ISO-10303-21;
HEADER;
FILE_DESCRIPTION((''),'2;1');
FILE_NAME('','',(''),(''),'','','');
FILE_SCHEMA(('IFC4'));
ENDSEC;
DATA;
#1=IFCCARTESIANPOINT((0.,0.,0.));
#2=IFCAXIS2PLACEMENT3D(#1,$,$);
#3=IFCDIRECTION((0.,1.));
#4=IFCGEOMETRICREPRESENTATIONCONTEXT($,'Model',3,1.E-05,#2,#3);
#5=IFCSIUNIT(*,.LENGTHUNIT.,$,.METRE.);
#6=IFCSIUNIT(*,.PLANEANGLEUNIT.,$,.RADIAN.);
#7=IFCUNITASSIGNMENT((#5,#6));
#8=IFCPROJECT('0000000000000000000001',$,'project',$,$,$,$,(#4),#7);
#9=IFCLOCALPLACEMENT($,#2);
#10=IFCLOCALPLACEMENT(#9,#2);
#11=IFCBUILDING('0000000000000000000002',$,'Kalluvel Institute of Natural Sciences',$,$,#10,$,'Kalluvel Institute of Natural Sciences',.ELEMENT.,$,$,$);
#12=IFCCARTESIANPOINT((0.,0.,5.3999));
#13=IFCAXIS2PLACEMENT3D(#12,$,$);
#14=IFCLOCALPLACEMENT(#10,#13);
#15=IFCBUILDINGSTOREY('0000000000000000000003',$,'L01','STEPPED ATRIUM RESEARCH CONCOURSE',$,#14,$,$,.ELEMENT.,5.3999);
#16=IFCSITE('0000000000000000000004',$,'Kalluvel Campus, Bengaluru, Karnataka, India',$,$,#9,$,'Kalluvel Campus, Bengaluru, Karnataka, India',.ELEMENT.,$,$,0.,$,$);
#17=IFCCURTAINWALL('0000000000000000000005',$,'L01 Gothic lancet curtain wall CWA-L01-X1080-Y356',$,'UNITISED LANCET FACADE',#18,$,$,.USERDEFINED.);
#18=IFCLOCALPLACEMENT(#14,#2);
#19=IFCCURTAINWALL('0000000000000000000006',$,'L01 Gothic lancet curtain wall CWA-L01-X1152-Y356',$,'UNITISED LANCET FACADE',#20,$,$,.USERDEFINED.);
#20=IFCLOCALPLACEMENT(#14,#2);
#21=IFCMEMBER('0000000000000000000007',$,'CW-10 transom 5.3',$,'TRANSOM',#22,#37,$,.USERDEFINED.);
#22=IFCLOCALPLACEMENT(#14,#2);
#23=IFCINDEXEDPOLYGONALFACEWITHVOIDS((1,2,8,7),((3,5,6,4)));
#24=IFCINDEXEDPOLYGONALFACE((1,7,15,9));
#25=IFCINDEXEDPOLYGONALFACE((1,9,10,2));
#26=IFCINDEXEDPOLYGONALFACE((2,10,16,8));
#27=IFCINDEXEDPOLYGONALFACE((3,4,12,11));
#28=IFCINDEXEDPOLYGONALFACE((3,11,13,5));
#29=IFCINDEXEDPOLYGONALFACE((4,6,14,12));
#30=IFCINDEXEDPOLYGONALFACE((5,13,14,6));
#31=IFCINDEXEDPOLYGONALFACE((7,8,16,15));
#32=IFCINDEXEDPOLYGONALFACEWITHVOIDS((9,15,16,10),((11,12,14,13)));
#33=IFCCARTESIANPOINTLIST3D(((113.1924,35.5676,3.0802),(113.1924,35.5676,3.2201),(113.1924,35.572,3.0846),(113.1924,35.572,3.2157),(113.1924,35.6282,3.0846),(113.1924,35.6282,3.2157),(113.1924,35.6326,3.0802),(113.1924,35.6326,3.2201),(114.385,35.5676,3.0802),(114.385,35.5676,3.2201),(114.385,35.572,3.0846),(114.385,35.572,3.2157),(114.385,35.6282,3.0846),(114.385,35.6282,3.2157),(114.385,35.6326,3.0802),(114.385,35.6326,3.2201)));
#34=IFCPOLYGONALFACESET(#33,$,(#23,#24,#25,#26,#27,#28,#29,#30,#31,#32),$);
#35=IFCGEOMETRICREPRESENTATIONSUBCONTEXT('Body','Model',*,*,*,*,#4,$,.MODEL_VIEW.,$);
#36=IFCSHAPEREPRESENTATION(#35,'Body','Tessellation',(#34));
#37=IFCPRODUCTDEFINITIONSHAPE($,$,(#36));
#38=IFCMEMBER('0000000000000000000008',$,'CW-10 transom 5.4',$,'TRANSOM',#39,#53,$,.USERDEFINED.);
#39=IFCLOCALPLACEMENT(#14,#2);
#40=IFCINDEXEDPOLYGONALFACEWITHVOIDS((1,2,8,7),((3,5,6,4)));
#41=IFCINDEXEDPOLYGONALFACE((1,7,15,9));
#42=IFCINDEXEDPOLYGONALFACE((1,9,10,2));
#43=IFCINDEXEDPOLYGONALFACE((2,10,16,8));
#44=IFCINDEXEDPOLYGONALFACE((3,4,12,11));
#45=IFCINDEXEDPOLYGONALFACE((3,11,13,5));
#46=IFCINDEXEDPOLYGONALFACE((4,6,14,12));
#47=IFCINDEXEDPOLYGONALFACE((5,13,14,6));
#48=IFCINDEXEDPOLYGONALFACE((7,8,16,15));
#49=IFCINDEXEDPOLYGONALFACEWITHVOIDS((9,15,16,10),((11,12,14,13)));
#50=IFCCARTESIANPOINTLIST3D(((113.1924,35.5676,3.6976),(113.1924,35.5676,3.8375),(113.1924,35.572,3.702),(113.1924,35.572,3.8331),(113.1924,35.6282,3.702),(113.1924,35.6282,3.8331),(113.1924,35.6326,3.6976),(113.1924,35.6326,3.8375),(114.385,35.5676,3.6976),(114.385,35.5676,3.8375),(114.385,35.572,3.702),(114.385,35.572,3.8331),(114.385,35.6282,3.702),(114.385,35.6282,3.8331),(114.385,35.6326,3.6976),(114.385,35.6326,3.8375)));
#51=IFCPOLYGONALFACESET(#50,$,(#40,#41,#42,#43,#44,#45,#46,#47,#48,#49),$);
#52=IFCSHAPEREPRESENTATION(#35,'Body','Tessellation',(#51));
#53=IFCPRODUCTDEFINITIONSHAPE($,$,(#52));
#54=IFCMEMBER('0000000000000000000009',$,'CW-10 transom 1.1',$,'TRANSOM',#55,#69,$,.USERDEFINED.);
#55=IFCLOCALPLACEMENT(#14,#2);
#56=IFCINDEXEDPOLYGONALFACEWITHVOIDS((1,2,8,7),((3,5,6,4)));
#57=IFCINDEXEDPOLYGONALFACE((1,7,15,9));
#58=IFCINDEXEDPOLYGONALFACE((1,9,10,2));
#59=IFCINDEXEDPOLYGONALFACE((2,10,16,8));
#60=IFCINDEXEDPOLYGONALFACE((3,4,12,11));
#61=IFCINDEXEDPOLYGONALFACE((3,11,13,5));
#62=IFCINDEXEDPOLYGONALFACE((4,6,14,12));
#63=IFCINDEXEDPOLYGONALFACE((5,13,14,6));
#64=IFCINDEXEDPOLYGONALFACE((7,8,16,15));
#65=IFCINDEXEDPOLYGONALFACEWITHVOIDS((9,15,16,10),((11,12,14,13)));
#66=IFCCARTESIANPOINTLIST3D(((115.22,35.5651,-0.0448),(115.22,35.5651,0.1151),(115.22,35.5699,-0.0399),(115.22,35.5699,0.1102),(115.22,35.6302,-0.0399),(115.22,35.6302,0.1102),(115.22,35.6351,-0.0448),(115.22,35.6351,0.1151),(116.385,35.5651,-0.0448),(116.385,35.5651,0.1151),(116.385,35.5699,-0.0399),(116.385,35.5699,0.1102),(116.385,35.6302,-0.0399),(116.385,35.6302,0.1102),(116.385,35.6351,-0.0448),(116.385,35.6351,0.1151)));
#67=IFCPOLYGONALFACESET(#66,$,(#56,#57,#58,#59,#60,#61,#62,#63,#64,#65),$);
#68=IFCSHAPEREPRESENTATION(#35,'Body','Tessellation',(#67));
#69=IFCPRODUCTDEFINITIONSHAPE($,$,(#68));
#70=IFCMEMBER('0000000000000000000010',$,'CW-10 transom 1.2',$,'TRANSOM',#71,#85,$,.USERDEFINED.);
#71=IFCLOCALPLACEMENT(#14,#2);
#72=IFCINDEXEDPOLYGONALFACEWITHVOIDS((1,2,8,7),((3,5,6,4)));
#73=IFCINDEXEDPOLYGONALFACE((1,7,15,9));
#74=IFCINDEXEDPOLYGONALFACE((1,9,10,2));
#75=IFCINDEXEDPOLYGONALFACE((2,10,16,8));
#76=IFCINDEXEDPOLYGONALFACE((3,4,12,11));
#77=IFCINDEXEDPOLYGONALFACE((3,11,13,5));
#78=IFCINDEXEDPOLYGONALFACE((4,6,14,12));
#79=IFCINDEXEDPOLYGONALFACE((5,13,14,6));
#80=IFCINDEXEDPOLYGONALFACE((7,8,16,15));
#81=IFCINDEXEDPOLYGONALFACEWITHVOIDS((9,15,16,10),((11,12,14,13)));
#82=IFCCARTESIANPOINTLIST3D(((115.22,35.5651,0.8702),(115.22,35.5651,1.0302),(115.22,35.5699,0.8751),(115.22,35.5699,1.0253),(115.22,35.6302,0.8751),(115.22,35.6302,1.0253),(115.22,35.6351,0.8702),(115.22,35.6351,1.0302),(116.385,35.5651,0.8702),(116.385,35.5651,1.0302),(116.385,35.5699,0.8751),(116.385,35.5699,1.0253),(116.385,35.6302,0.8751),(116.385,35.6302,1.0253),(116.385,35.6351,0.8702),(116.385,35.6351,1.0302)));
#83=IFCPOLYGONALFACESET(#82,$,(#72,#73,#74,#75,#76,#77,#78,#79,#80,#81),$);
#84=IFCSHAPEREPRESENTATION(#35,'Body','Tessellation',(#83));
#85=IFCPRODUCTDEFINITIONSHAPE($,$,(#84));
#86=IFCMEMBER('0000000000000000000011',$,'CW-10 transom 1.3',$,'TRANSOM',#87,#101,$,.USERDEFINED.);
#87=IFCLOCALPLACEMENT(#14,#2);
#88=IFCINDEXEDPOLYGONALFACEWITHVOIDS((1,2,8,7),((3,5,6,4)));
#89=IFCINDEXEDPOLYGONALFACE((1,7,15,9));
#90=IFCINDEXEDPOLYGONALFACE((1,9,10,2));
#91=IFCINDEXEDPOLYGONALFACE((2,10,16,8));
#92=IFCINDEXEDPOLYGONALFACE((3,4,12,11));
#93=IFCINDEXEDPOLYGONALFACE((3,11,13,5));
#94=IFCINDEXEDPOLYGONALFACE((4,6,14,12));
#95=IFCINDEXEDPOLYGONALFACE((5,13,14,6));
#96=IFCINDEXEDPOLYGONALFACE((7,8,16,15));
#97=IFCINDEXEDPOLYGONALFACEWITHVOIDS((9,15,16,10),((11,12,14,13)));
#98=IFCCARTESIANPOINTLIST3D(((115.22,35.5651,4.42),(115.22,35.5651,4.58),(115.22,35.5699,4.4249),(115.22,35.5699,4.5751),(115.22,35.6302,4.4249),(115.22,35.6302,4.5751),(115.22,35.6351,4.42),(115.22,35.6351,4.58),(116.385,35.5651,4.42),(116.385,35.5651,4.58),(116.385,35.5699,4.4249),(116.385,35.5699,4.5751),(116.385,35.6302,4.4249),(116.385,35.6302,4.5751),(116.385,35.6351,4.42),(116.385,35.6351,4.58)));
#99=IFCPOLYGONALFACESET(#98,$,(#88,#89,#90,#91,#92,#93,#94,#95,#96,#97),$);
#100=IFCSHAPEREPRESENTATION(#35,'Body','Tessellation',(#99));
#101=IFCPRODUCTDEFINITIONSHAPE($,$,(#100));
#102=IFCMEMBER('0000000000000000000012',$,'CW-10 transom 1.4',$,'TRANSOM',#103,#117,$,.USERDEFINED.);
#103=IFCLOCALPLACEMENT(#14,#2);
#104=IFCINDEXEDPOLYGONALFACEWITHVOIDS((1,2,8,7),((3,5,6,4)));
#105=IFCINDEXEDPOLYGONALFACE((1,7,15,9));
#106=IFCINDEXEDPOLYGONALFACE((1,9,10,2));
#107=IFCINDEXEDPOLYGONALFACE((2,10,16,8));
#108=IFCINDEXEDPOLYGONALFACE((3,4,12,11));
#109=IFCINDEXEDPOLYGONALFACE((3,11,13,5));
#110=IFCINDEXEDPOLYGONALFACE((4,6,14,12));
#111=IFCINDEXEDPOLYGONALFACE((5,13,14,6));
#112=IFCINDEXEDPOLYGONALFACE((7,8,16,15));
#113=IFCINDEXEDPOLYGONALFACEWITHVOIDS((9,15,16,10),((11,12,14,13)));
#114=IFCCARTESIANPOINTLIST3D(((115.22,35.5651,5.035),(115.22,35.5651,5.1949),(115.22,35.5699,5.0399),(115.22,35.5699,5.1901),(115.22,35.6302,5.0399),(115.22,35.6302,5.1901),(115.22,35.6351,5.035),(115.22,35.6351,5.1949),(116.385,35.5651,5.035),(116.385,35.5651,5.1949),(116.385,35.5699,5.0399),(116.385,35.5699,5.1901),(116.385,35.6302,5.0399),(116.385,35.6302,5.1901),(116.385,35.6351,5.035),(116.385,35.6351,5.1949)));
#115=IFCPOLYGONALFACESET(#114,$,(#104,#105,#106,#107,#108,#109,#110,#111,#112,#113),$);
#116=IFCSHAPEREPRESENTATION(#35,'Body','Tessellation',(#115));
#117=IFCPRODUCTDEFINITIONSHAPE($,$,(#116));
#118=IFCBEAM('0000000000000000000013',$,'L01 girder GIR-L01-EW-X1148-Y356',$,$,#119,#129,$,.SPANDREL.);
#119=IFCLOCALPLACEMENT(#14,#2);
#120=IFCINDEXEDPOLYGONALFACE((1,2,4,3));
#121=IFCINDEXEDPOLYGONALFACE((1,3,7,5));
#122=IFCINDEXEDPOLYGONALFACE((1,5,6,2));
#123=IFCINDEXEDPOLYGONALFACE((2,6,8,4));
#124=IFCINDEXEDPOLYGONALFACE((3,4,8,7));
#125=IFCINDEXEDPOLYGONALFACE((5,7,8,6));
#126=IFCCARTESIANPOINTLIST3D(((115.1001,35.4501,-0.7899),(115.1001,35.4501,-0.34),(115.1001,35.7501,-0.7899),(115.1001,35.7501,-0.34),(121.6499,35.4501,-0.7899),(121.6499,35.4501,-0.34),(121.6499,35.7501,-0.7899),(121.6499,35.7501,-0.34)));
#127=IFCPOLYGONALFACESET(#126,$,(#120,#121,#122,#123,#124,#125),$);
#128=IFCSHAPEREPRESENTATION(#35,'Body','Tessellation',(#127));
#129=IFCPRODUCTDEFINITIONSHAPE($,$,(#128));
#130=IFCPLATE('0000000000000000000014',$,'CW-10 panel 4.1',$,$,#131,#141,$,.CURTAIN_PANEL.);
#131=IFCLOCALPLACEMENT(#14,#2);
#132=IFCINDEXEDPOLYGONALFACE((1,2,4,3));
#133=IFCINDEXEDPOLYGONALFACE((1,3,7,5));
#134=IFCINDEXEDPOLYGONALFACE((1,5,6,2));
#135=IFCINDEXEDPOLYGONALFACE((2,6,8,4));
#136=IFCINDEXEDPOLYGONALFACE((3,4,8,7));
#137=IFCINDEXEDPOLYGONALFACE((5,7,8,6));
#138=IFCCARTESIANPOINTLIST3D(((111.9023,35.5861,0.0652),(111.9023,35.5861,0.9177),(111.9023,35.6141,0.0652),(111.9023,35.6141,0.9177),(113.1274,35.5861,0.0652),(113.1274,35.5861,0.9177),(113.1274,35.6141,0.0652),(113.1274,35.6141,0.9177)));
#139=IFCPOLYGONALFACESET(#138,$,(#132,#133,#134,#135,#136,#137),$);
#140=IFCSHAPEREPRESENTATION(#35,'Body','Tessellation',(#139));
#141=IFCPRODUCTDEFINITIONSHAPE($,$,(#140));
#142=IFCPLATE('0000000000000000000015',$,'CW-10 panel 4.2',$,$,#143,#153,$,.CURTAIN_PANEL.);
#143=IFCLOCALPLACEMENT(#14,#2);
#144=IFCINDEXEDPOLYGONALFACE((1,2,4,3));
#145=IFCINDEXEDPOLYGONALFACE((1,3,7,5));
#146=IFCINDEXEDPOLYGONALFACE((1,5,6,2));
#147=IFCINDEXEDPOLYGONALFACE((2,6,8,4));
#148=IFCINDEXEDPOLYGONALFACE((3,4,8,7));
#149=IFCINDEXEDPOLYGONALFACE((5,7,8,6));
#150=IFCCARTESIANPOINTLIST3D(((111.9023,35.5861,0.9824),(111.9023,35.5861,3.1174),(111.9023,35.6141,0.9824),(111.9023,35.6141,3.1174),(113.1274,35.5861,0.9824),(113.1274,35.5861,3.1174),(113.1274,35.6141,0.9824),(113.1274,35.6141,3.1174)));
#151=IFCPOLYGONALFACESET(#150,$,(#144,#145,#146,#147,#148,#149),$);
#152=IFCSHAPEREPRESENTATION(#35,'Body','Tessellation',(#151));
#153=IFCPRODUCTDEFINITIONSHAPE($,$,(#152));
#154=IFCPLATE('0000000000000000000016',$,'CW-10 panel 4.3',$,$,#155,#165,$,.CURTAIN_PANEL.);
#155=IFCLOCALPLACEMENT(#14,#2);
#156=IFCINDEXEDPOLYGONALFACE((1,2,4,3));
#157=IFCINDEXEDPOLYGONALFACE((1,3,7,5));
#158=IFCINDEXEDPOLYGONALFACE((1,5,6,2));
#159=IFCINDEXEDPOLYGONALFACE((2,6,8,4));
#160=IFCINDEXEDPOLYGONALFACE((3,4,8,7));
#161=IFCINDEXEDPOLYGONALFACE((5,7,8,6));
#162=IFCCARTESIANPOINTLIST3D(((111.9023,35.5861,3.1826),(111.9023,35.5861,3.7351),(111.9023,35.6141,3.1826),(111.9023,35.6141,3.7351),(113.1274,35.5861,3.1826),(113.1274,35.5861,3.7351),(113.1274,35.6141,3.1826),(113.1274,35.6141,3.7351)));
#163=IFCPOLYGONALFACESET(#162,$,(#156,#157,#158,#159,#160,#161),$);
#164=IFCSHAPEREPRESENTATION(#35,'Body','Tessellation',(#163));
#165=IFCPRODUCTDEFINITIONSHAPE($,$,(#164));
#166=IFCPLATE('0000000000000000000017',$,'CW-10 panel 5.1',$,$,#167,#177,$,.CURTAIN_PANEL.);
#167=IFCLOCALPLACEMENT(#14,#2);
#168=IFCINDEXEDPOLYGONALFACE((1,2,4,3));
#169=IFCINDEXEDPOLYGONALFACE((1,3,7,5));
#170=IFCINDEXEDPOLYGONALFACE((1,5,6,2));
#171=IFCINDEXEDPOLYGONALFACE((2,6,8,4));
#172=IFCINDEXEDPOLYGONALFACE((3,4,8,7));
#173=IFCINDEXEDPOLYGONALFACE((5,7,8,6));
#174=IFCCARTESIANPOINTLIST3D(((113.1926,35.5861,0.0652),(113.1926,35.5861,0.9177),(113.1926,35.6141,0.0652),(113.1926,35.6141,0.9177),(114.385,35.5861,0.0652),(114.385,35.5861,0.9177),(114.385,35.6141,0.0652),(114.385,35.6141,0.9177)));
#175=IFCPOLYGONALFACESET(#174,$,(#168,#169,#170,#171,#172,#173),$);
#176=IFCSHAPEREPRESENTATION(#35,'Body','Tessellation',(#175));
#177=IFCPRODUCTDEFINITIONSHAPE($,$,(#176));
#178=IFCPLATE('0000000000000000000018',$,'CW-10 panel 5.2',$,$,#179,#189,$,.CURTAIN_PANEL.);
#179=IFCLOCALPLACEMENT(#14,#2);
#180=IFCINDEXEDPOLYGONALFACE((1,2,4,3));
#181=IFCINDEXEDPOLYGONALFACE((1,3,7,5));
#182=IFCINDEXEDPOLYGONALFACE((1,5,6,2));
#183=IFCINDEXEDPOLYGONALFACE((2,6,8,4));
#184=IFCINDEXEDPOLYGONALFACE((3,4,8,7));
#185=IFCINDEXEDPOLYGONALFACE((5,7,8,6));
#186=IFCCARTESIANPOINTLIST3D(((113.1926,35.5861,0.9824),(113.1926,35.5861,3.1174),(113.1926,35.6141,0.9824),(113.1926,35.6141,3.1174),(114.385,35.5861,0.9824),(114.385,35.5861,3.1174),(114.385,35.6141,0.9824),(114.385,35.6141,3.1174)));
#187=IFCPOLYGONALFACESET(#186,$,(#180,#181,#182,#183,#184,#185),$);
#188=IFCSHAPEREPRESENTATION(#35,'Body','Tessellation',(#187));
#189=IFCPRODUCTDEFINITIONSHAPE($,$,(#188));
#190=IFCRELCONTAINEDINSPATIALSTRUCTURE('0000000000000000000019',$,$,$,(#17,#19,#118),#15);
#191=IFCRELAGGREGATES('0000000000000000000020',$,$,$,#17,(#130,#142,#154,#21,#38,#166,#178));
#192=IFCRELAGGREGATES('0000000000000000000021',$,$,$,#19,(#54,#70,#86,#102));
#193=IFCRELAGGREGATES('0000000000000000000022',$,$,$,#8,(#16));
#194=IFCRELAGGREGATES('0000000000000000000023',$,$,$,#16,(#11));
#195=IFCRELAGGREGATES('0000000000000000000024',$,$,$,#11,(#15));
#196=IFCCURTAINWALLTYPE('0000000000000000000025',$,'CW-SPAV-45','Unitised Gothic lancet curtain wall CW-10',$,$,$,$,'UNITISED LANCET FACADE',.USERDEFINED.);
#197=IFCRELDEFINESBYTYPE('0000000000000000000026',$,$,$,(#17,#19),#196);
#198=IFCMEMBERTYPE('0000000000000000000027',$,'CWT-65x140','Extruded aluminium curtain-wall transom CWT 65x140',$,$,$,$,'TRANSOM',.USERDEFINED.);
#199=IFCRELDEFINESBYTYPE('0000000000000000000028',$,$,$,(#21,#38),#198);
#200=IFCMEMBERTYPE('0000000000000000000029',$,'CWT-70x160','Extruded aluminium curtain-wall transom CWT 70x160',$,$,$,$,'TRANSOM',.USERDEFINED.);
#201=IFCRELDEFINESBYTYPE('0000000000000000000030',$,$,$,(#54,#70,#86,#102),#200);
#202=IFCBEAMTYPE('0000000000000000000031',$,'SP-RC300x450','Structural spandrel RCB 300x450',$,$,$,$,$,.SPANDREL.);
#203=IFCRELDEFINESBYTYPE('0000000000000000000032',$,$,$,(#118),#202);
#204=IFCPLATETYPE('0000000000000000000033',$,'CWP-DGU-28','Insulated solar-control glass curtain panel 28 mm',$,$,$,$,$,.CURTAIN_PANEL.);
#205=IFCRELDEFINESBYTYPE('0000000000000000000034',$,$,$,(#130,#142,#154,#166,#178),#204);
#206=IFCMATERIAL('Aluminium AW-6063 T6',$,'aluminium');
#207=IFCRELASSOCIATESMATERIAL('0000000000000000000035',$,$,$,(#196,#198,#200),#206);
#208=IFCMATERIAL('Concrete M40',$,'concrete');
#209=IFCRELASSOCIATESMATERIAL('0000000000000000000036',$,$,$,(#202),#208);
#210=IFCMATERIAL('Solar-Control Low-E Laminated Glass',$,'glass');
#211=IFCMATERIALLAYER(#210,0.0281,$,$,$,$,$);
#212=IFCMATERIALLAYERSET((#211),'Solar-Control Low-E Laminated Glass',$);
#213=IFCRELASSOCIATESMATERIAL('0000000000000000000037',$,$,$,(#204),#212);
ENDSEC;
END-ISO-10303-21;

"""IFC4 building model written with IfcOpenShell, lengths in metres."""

from ifc_helpers import new_model, si_unit, direction, frame, origin, origin_2d, place, context, subcontext, project, spatial, rectangle, hollow_rectangle, extrude, material, layer, layer_set, material_profile, profile_set, type_object, element, aggregate, save


model = new_model("IFC4")

# Units and contexts
model_context = context("Model", 3, precision=1e-05, world=origin(), true_north=direction((0.0, 1.0)))
body_context = subcontext(model_context, "Body", "Model", "MODEL_VIEW")
ifc_project = project(units=[si_unit("LENGTHUNIT", "METRE"), si_unit("PLANEANGLEUNIT", "RADIAN")], contexts=[model_context])

# Site, building, storey
site_placement = place(None, origin())
site = spatial("IfcSite", under=ifc_project, at=site_placement, Name="Kalluvel Campus, Bengaluru, Karnataka, India", LongName="Kalluvel Campus, Bengaluru, Karnataka, India", CompositionType="ELEMENT", RefElevation=0.0)
building_placement = place(site_placement, origin())
building = spatial("IfcBuilding", under=site, at=building_placement, Name="Kalluvel Institute of Natural Sciences", LongName="Kalluvel Institute of Natural Sciences", CompositionType="ELEMENT")
storey_placement = place(building_placement, frame((0.0, 0.0, 5.3999)))
storey = spatial("IfcBuildingStorey", under=building, at=storey_placement, Name="L01", Description="STEPPED ATRIUM RESEARCH CONCOURSE", CompositionType="ELEMENT", Elevation=5.3999)

# Shared definitions
ifc_material_1 = material(Name="Concrete M40", Category="concrete")

# Curtain wall
ifc_material_2 = material(Name="Aluminium AW-6063 T6", Category="aluminium")
curtain_wall_type = type_object("IfcCurtainWallType", Name="CW-SPAV-45", Description="Unitised Gothic lancet curtain wall CW-10", ElementType="UNITISED LANCET FACADE", PredefinedType="USERDEFINED", material=ifc_material_2)
curtain_wall_1_placement = place(storey_placement, origin())
curtain_wall_1 = element("IfcCurtainWall", 1, at=curtain_wall_1_placement, inside=storey, type_object=curtain_wall_type, Name="L01 Gothic lancet curtain wall CWA-L01-X1080-Y356", ObjectType="UNITISED LANCET FACADE", PredefinedType="USERDEFINED")

# Curtain wall
curtain_wall_2_placement = place(storey_placement, origin())
curtain_wall_2 = element("IfcCurtainWall", 2, at=curtain_wall_2_placement, inside=storey, type_object=curtain_wall_type, Name="L01 Gothic lancet curtain wall CWA-L01-X1152-Y356", ObjectType="UNITISED LANCET FACADE", PredefinedType="USERDEFINED")

# Members
ifc_material_profile_1 = material_profile(ifc_material_2, hollow_rectangle(XDim=0.0649, YDim=0.1399, WallThickness=0.0044, at=origin_2d()), Name="CWT 65x140")
ifc_profile_set_1 = profile_set([ifc_material_profile_1], Name="Aluminium AW-6063 T6")
member_type_1 = type_object("IfcMemberType", Name="CWT-65x140", Description="Extruded aluminium curtain-wall transom CWT 65x140", ElementType="TRANSOM", PredefinedType="USERDEFINED", material=ifc_profile_set_1)
member_1_placement = place(storey_placement, frame((113.1924, 35.6001, 3.1501), z_axis=(1.0, 0.0, 0.0), x_axis=(0.0, 1.0, 0.0)))
member_1 = element("IfcMember", 3, at=member_1_placement, type_object=member_type_1, Name="CW-10 transom 5.3", ObjectType="TRANSOM", PredefinedType="USERDEFINED", context=body_context, shape_type="SweptSolid", body=[
    extrude(hollow_rectangle(XDim=0.0649, YDim=0.1399, WallThickness=0.0044, at=origin_2d()), origin(), (0.0, 0.0, 1.0), 1.1926),
])
member_2_placement = place(storey_placement, frame((113.1924, 35.6001, 3.7676), z_axis=(1.0, 0.0, 0.0), x_axis=(0.0, 1.0, 0.0)))
member_2 = element("IfcMember", 4, at=member_2_placement, type_object=member_type_1, Name="CW-10 transom 5.4", ObjectType="TRANSOM", PredefinedType="USERDEFINED", context=body_context, shape_type="SweptSolid", body=[
    extrude(hollow_rectangle(XDim=0.0649, YDim=0.1399, WallThickness=0.0044, at=origin_2d()), origin(), (0.0, 0.0, 1.0), 1.1926),
])
ifc_material_profile_2 = material_profile(ifc_material_2, hollow_rectangle(XDim=0.0701, YDim=0.1599, WallThickness=0.0049, at=origin_2d()), Name="CWT 70x160")
ifc_profile_set_2 = profile_set([ifc_material_profile_2], Name="Aluminium AW-6063 T6")
member_type_2 = type_object("IfcMemberType", Name="CWT-70x160", Description="Extruded aluminium curtain-wall transom CWT 70x160", ElementType="TRANSOM", PredefinedType="USERDEFINED", material=ifc_profile_set_2)
member_3_placement = place(storey_placement, frame((115.22, 35.6001, 0.0352), z_axis=(1.0, 0.0, 0.0), x_axis=(0.0, 1.0, 0.0)))
member_3 = element("IfcMember", 5, at=member_3_placement, type_object=member_type_2, Name="CW-10 transom 1.1", ObjectType="TRANSOM", PredefinedType="USERDEFINED", context=body_context, shape_type="SweptSolid", body=[
    extrude(hollow_rectangle(XDim=0.0701, YDim=0.1599, WallThickness=0.0049, at=origin_2d()), origin(), (0.0, 0.0, 1.0), 1.165),
])
member_4_placement = place(storey_placement, frame((115.22, 35.6001, 0.9502), z_axis=(1.0, 0.0, 0.0), x_axis=(0.0, 1.0, 0.0)))
member_4 = element("IfcMember", 6, at=member_4_placement, type_object=member_type_2, Name="CW-10 transom 1.2", ObjectType="TRANSOM", PredefinedType="USERDEFINED", context=body_context, shape_type="SweptSolid", body=[
    extrude(hollow_rectangle(XDim=0.0701, YDim=0.1599, WallThickness=0.0049, at=origin_2d()), origin(), (0.0, 0.0, 1.0), 1.165),
])
member_5_placement = place(storey_placement, frame((115.22, 35.6001, 4.5), z_axis=(1.0, 0.0, 0.0), x_axis=(0.0, 1.0, 0.0)))
member_5 = element("IfcMember", 7, at=member_5_placement, type_object=member_type_2, Name="CW-10 transom 1.3", ObjectType="TRANSOM", PredefinedType="USERDEFINED", context=body_context, shape_type="SweptSolid", body=[
    extrude(hollow_rectangle(XDim=0.0701, YDim=0.1599, WallThickness=0.0049, at=origin_2d()), origin(), (0.0, 0.0, 1.0), 1.165),
])
member_6_placement = place(storey_placement, frame((115.22, 35.6001, 5.115), z_axis=(1.0, 0.0, 0.0), x_axis=(0.0, 1.0, 0.0)))
member_6 = element("IfcMember", 8, at=member_6_placement, type_object=member_type_2, Name="CW-10 transom 1.4", ObjectType="TRANSOM", PredefinedType="USERDEFINED", context=body_context, shape_type="SweptSolid", body=[
    extrude(hollow_rectangle(XDim=0.0701, YDim=0.1599, WallThickness=0.0049, at=origin_2d()), origin(), (0.0, 0.0, 1.0), 1.165),
])

# Beam
ifc_material_profile_3 = material_profile(ifc_material_1, rectangle(XDim=0.3, YDim=0.45, at=origin_2d()), Name="RCB 300x450")
ifc_profile_set_3 = profile_set([ifc_material_profile_3], Name="Concrete M40")
beam_type = type_object("IfcBeamType", Name="SP-RC300x450", Description="Structural spandrel RCB 300x450", PredefinedType="SPANDREL", material=ifc_profile_set_3)
beam_placement = place(storey_placement, frame((115.1001, 35.6001, -0.5649), z_axis=(1.0, 0.0, 0.0), x_axis=(0.0, 1.0, 0.0)))
element("IfcBeam", 9, at=beam_placement, inside=storey, type_object=beam_type, Name="L01 girder GIR-L01-EW-X1148-Y356", PredefinedType="SPANDREL", context=body_context, shape_type="SweptSolid", body=[
    extrude(rectangle(XDim=0.3, YDim=0.45, at=origin_2d()), origin(), (0.0, 0.0, 1.0), 6.5498),
])

# Plates
ifc_material_3 = material(Name="Solar-Control Low-E Laminated Glass", Category="glass")
ifc_layer_1 = layer(ifc_material_3, 0.0281)
ifc_layer_set_1 = layer_set([ifc_layer_1], Name="Solar-Control Low-E Laminated Glass")
plate_type_1 = type_object("IfcPlateType", Name="CWP-DGU-28", Description="Insulated solar-control glass curtain panel 28 mm", PredefinedType="CURTAIN_PANEL", material=ifc_layer_set_1)
plate_1_placement = place(storey_placement, frame((112.5149, 35.6001, 0.0652), z_axis=(0.0, 0.0, 1.0), x_axis=(1.0, 0.0, 0.0)))
plate_1 = element("IfcPlate", 10, at=plate_1_placement, type_object=plate_type_1, Name="CW-10 panel 4.1", PredefinedType="CURTAIN_PANEL", context=body_context, shape_type="SweptSolid", body=[
    extrude(rectangle(XDim=1.2251, YDim=0.0281, at=origin_2d()), origin(), (0.0, 0.0, 1.0), 0.8525),
])
plate_2_placement = place(storey_placement, frame((112.5149, 35.6001, 0.9824), z_axis=(0.0, 0.0, 1.0), x_axis=(1.0, 0.0, 0.0)))
plate_2 = element("IfcPlate", 11, at=plate_2_placement, type_object=plate_type_1, Name="CW-10 panel 4.2", PredefinedType="CURTAIN_PANEL", context=body_context, shape_type="SweptSolid", body=[
    extrude(rectangle(XDim=1.2251, YDim=0.0281, at=origin_2d()), origin(), (0.0, 0.0, 1.0), 2.135),
])
plate_3_placement = place(storey_placement, frame((112.5149, 35.6001, 3.1826), z_axis=(0.0, 0.0, 1.0), x_axis=(1.0, 0.0, 0.0)))
plate_3 = element("IfcPlate", 12, at=plate_3_placement, type_object=plate_type_1, Name="CW-10 panel 4.3", PredefinedType="CURTAIN_PANEL", context=body_context, shape_type="SweptSolid", body=[
    extrude(rectangle(XDim=1.2251, YDim=0.0281, at=origin_2d()), origin(), (0.0, 0.0, 1.0), 0.5525),
])
plate_4_placement = place(storey_placement, frame((113.7888, 35.6001, 0.0652), z_axis=(0.0, 0.0, 1.0), x_axis=(1.0, 0.0, 0.0)))
plate_4 = element("IfcPlate", 13, at=plate_4_placement, type_object=plate_type_1, Name="CW-10 panel 5.1", PredefinedType="CURTAIN_PANEL", context=body_context, shape_type="SweptSolid", body=[
    extrude(rectangle(XDim=1.1924, YDim=0.0281, at=origin_2d()), origin(), (0.0, 0.0, 1.0), 0.8525),
])
plate_5_placement = place(storey_placement, frame((113.7888, 35.6001, 0.9824), z_axis=(0.0, 0.0, 1.0), x_axis=(1.0, 0.0, 0.0)))
plate_5 = element("IfcPlate", 14, at=plate_5_placement, type_object=plate_type_1, Name="CW-10 panel 5.2", PredefinedType="CURTAIN_PANEL", context=body_context, shape_type="SweptSolid", body=[
    extrude(rectangle(XDim=1.1924, YDim=0.0281, at=origin_2d()), origin(), (0.0, 0.0, 1.0), 2.135),
])
aggregate(curtain_wall_1, [plate_1, plate_2, plate_3, member_1, member_2, plate_4, plate_5])
aggregate(curtain_wall_2, [member_3, member_4, member_5, member_6])

save(model, "model.ifc")
